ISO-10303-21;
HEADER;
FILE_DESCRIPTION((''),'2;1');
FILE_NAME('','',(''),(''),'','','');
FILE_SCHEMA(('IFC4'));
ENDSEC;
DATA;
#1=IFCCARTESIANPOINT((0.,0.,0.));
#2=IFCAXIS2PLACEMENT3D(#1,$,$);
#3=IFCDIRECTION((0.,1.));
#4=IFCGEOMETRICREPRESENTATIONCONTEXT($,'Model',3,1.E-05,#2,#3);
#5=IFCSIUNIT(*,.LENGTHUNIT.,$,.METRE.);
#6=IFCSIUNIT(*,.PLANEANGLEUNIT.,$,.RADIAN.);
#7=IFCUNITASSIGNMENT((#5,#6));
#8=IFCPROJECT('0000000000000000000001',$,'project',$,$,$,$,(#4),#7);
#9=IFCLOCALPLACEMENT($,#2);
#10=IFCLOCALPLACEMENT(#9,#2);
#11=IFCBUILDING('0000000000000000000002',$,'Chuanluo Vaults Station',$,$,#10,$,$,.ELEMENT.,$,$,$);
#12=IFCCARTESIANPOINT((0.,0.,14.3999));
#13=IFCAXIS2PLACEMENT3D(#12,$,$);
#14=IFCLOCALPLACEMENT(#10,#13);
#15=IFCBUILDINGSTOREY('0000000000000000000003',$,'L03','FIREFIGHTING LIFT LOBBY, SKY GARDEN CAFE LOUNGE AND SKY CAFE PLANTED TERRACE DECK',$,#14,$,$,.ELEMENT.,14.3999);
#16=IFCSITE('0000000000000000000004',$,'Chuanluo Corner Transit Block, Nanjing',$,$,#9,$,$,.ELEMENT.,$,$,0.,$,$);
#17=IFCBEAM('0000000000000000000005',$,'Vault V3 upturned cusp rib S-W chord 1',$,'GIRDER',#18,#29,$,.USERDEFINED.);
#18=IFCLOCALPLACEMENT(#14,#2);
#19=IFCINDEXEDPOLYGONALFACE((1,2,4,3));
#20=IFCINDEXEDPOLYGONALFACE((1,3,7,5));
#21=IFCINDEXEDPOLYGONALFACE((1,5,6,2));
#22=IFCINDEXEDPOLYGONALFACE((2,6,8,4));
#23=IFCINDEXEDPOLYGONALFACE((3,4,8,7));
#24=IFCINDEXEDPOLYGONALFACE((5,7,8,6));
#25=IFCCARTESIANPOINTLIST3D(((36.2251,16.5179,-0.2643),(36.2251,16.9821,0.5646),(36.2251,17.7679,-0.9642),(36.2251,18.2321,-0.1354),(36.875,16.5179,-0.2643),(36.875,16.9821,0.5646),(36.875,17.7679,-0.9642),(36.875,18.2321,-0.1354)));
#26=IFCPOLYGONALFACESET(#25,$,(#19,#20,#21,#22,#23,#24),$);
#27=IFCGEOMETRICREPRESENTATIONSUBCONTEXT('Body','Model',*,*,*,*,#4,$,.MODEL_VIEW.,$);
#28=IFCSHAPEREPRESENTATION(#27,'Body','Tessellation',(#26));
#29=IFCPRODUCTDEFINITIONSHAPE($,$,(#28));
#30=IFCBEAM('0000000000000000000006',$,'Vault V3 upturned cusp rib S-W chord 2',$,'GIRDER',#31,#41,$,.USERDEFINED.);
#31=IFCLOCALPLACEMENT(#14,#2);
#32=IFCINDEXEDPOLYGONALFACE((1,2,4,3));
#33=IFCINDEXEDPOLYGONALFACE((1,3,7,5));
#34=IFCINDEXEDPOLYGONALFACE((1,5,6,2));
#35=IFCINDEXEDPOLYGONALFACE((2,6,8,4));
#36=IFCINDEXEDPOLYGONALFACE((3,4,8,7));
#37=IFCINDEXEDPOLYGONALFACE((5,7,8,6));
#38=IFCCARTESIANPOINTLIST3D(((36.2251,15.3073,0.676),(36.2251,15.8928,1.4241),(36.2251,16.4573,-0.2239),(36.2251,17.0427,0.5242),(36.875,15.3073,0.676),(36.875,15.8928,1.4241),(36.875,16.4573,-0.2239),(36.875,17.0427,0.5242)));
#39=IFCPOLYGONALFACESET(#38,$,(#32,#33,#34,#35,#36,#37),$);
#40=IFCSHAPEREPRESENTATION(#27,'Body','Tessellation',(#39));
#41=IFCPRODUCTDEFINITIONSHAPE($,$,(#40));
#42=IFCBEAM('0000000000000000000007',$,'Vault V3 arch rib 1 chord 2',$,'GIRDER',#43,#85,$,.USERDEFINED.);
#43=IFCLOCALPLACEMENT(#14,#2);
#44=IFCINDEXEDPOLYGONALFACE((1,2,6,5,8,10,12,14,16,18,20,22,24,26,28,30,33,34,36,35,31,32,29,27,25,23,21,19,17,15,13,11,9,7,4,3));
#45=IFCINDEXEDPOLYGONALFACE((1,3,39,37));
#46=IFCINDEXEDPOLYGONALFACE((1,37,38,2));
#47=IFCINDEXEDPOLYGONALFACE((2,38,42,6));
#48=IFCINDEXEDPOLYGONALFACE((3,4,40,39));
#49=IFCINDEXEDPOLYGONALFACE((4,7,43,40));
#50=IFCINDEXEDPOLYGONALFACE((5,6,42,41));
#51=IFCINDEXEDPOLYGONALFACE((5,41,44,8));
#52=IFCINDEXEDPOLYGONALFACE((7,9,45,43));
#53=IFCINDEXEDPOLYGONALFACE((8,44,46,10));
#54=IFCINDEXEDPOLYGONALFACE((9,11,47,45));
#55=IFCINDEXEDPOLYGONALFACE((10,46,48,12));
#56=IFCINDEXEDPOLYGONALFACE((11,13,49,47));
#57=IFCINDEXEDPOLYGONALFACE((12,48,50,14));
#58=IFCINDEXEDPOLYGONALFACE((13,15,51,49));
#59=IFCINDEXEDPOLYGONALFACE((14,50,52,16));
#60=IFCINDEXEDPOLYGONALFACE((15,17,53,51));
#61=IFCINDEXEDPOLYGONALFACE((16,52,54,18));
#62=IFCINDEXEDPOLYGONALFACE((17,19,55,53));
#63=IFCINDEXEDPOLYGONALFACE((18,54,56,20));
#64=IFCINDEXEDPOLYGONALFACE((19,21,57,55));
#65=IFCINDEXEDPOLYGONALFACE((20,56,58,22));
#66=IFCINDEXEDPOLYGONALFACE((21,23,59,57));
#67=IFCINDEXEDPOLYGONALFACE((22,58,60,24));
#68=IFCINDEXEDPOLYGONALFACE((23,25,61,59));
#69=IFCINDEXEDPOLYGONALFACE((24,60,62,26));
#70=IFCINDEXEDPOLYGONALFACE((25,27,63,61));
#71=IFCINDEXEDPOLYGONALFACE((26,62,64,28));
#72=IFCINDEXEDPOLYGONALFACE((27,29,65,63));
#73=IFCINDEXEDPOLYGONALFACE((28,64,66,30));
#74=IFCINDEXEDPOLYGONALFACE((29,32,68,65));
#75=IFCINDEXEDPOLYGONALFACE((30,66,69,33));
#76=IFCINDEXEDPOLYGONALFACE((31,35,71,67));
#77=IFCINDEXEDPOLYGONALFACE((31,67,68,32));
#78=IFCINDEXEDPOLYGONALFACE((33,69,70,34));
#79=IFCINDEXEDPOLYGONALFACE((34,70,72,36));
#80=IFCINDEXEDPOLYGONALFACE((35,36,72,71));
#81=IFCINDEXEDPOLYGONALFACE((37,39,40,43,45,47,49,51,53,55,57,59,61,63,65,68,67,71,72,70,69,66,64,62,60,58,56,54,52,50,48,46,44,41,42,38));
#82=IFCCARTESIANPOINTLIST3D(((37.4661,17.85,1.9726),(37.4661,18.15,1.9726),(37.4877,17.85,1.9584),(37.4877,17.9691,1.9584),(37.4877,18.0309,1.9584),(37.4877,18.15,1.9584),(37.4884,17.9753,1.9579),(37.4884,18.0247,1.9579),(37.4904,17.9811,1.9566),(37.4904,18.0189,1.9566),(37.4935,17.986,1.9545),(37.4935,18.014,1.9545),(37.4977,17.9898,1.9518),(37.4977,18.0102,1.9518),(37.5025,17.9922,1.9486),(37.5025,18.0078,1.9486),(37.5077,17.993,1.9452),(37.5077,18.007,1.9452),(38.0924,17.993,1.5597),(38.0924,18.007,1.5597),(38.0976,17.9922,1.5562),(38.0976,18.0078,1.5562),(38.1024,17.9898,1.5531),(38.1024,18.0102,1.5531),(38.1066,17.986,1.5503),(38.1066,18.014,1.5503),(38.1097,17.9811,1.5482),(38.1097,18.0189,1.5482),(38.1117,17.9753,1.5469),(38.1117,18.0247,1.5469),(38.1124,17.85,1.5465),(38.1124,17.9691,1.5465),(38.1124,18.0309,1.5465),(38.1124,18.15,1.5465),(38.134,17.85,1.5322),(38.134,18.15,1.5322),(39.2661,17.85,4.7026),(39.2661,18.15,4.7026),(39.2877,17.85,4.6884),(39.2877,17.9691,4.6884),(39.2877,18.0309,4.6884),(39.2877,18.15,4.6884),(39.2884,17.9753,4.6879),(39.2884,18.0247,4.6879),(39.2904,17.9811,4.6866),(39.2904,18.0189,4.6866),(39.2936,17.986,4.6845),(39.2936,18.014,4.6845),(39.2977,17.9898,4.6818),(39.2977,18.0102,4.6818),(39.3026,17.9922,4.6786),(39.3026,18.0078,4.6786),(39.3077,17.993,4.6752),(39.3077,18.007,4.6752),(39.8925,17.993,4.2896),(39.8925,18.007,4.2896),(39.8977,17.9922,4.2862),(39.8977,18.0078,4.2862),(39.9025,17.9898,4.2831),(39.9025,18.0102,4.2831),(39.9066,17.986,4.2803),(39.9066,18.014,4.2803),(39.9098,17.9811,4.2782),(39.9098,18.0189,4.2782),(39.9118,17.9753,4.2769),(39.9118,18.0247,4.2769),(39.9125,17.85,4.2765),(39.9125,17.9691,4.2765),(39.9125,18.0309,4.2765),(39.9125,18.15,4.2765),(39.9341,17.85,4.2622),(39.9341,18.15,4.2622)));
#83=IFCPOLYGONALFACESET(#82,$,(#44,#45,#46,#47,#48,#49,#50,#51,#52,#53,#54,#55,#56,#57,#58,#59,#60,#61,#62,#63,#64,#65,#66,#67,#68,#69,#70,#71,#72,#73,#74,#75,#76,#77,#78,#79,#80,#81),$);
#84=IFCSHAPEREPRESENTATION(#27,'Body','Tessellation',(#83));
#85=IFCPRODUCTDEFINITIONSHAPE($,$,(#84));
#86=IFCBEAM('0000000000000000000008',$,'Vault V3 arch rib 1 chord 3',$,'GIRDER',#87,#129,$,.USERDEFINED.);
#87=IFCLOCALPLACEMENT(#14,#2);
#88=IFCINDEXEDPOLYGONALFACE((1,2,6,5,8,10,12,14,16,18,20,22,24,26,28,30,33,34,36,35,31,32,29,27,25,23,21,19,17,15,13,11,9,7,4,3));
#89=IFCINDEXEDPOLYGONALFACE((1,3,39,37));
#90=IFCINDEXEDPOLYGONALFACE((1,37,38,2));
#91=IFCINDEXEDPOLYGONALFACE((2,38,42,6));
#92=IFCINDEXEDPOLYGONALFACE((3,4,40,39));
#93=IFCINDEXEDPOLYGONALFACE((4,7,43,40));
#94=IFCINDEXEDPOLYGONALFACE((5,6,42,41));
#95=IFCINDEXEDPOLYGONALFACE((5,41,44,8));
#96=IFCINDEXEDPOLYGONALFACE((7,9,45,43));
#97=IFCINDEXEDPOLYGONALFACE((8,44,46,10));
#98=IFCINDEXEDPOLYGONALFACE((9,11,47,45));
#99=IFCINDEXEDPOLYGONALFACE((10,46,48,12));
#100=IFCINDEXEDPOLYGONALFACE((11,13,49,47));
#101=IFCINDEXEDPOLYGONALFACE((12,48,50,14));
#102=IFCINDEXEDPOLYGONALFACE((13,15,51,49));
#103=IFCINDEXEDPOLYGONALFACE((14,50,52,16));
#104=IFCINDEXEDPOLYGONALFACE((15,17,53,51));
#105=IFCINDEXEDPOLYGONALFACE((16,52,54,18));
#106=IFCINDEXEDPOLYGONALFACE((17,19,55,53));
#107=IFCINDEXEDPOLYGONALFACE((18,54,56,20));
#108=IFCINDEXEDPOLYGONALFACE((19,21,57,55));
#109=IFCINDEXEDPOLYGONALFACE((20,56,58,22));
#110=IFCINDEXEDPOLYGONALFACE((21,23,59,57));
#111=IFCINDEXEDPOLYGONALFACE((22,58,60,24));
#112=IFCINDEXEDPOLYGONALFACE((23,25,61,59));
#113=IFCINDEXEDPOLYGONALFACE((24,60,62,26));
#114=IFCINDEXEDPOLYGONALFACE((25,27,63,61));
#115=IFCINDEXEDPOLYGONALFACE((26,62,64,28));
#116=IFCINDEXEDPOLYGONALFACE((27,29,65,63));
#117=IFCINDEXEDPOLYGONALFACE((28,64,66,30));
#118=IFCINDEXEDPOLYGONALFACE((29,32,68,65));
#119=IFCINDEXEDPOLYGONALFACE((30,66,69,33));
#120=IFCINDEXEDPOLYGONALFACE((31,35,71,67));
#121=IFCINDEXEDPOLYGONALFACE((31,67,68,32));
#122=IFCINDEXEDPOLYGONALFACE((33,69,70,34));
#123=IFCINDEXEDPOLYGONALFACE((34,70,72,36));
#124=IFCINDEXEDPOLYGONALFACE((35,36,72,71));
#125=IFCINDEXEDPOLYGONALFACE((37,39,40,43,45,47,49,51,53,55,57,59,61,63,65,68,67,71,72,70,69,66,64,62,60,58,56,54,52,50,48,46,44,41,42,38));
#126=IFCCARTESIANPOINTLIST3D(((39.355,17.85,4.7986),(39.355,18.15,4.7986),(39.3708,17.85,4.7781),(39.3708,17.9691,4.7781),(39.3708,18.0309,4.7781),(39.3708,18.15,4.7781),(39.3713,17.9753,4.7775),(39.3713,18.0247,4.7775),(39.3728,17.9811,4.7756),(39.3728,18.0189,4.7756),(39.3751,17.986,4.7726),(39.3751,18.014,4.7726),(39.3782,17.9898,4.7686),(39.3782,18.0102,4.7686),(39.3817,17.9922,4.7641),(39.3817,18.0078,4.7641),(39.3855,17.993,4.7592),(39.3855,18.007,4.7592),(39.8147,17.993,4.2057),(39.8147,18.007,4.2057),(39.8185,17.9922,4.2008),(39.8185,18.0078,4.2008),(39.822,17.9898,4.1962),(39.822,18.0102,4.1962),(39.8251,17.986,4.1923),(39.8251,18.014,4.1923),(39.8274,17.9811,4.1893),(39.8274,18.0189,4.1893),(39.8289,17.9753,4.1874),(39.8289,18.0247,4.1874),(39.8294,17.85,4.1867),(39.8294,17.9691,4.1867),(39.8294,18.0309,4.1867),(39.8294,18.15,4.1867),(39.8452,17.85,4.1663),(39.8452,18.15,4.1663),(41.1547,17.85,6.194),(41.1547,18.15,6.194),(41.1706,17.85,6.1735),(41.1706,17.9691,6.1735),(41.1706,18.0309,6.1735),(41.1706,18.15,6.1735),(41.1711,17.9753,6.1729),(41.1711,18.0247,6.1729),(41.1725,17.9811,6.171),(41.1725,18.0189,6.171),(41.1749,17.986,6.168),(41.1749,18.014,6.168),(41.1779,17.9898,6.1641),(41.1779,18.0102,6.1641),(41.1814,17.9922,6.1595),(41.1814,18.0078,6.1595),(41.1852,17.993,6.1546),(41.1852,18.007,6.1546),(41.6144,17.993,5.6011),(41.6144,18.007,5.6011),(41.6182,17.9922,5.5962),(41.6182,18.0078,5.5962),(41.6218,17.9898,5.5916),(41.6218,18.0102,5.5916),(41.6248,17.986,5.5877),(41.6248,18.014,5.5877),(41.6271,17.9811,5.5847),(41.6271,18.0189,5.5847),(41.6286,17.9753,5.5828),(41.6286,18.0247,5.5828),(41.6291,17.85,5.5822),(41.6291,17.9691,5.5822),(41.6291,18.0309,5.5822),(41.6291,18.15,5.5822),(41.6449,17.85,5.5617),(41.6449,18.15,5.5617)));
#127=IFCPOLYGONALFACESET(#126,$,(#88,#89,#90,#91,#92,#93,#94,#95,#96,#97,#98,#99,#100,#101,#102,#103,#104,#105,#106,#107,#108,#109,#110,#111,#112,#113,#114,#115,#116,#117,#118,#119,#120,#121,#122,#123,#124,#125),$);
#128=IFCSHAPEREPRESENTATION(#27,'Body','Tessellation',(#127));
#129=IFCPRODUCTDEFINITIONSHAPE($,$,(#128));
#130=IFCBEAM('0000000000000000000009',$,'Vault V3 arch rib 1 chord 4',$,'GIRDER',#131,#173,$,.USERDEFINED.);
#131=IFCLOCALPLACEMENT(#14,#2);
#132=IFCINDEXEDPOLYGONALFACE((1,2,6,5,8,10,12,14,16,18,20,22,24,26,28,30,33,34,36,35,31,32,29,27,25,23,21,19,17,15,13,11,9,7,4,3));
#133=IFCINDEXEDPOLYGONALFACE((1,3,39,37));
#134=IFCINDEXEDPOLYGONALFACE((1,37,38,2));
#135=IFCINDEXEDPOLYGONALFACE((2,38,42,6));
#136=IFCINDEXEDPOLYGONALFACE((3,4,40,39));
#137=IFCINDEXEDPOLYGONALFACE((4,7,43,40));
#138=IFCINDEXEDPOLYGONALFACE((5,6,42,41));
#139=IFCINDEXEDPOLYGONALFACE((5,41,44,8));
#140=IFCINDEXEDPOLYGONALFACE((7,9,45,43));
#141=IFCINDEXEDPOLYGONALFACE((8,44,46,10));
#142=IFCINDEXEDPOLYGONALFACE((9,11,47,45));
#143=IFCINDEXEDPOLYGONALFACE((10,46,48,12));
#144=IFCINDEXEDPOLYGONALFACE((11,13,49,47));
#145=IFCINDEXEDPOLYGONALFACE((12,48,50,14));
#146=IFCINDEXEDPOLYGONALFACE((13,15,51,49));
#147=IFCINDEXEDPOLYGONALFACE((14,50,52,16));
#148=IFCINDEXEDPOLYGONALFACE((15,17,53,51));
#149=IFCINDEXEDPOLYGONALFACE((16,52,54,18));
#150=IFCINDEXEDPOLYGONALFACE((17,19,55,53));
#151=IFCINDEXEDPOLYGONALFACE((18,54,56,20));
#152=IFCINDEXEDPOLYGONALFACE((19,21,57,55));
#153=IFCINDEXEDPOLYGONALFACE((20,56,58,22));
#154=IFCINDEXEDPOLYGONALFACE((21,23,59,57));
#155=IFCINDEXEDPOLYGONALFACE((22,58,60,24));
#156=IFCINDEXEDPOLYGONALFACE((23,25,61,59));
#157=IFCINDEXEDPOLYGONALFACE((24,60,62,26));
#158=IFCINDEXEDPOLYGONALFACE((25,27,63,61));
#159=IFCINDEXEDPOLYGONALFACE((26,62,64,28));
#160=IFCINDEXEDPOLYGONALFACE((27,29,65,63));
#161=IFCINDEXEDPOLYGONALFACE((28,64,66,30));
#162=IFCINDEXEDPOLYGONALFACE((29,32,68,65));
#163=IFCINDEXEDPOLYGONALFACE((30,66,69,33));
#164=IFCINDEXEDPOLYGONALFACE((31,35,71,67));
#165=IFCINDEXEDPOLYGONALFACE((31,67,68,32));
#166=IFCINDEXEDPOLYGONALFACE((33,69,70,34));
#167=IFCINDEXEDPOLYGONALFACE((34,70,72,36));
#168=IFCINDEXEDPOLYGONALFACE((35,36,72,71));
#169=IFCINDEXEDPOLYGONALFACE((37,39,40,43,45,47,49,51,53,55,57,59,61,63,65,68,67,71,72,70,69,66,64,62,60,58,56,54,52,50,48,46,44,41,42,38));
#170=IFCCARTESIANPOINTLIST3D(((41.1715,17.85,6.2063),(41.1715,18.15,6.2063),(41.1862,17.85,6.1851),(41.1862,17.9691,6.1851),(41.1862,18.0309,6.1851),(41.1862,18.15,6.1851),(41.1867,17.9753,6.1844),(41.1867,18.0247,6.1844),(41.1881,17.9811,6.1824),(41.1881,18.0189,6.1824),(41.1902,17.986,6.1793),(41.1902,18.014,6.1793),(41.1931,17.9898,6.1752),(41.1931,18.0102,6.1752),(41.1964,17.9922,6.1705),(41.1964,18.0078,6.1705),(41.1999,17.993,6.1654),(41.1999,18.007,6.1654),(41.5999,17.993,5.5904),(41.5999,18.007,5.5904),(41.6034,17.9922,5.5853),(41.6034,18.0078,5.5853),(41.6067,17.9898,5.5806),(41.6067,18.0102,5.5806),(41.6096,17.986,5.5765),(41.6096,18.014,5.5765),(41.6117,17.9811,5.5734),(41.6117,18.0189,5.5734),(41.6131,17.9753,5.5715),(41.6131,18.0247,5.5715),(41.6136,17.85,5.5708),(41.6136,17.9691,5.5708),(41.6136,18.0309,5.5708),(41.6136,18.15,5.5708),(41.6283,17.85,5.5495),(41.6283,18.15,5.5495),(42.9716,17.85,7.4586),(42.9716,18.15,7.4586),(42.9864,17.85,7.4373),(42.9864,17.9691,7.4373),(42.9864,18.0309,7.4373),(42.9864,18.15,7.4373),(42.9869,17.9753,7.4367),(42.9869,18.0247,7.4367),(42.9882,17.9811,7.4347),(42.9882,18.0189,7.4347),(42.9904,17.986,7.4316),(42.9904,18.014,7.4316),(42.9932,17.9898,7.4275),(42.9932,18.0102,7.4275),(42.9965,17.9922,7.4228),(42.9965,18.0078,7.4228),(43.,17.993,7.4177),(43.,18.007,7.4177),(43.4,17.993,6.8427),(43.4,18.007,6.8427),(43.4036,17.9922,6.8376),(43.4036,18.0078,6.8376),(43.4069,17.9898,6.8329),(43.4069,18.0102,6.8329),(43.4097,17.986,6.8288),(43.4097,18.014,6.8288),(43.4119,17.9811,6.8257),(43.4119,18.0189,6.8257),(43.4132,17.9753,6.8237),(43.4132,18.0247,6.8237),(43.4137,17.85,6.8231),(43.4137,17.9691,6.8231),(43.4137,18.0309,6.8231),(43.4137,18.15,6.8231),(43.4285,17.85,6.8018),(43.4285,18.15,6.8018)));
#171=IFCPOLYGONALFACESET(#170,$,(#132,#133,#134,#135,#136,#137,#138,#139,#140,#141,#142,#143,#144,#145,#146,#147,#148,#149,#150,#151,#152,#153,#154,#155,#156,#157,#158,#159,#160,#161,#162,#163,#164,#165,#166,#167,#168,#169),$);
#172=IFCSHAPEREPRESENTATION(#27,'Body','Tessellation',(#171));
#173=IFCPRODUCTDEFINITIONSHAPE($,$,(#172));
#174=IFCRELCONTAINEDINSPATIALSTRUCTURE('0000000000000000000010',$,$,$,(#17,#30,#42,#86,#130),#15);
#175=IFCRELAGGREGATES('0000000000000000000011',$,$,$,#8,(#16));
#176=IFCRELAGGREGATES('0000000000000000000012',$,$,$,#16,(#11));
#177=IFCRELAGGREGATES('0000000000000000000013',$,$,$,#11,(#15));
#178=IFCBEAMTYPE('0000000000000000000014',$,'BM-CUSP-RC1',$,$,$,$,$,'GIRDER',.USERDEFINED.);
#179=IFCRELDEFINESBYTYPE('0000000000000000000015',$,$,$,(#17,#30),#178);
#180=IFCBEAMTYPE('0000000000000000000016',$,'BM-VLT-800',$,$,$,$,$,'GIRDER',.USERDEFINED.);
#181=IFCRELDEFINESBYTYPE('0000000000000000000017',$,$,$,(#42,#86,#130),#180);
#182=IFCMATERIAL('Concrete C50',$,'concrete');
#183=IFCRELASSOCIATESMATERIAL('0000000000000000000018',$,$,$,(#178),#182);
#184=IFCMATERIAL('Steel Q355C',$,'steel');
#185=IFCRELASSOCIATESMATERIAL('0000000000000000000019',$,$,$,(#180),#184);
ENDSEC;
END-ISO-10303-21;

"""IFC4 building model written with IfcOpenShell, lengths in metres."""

from ifc_helpers import new_model, si_unit, direction, frame, origin, origin_2d, place, context, subcontext, project, spatial, rectangle, i_section, extrude, material, material_profile, profile_set, type_object, element, save


model = new_model("IFC4")

# Units and contexts
model_context = context("Model", 3, precision=1e-05, world=origin(), true_north=direction((0.0, 1.0)))
body_context = subcontext(model_context, "Body", "Model", "MODEL_VIEW")
ifc_project = project(units=[si_unit("LENGTHUNIT", "METRE"), si_unit("PLANEANGLEUNIT", "RADIAN")], contexts=[model_context])

# Site, building, storey
site_placement = place(None, origin())
site = spatial("IfcSite", under=ifc_project, at=site_placement, Name="Chuanluo Corner Transit Block, Nanjing", CompositionType="ELEMENT", RefElevation=0.0)
building_placement = place(site_placement, origin())
building = spatial("IfcBuilding", under=site, at=building_placement, Name="Chuanluo Vaults Station", CompositionType="ELEMENT")
storey_placement = place(building_placement, frame((0.0, 0.0, 14.3999)))
storey = spatial("IfcBuildingStorey", under=building, at=storey_placement, Name="L03", Description="FIREFIGHTING LIFT LOBBY, SKY GARDEN CAFE LOUNGE AND SKY CAFE PLANTED TERRACE DECK", CompositionType="ELEMENT", Elevation=14.3999)

# Beams
ifc_material_1 = material(Name="Concrete C50", Category="concrete")
ifc_material_profile_1 = material_profile(ifc_material_1, rectangle(XDim=0.6499, YDim=0.95, at=origin_2d()))
ifc_profile_set_1 = profile_set([ifc_material_profile_1], Name="Concrete C50")
beam_type_1 = type_object("IfcBeamType", Name="BM-CUSP-RC1", ElementType="GIRDER", PredefinedType="USERDEFINED", material=ifc_profile_set_1)
beam_1_placement = place(storey_placement, frame((36.55, 18.0, -0.5498), z_axis=(0.0, -0.872521, 0.488577), x_axis=(1.0, 0.0, 0.0)))
element("IfcBeam", 1, at=beam_1_placement, inside=storey, type_object=beam_type_1, Name="Vault V3 upturned cusp rib S-W chord 1", ObjectType="GIRDER", PredefinedType="USERDEFINED", context=body_context, shape_type="SweptSolid", body=[
    extrude(rectangle(XDim=0.6499, YDim=0.95, at=origin_2d()), origin(), (0.0, 0.0, 1.0), 1.4326),
])
beam_2_placement = place(storey_placement, frame((36.55, 16.75, 0.1501), z_axis=(0.0, -0.787512, 0.616299), x_axis=(1.0, 0.0, 0.0)))
element("IfcBeam", 2, at=beam_2_placement, inside=storey, type_object=beam_type_1, Name="Vault V3 upturned cusp rib S-W chord 2", ObjectType="GIRDER", PredefinedType="USERDEFINED", context=body_context, shape_type="SweptSolid", body=[
    extrude(rectangle(XDim=0.6499, YDim=0.95, at=origin_2d()), origin(), (0.0, 0.0, 1.0), 1.4602),
])
ifc_material_2 = material(Name="Steel Q355C", Category="steel")
ifc_material_profile_2 = material_profile(ifc_material_2, i_section(OverallWidth=0.3, OverallDepth=0.8, WebThickness=0.0139, FlangeThickness=0.0259, FilletRadius=0.0239, at=origin_2d()))
ifc_profile_set_2 = profile_set([ifc_material_profile_2], Name="Steel Q355C")
beam_type_2 = type_object("IfcBeamType", Name="BM-VLT-800", ElementType="GIRDER", PredefinedType="USERDEFINED", material=ifc_profile_set_2)
beam_3_placement = place(storey_placement, frame((37.8, 18.0, 1.7524), z_axis=(0.550472, 0.0, 0.834854), x_axis=(0.0, 1.0, 0.0)))
element("IfcBeam", 3, at=beam_3_placement, inside=storey, type_object=beam_type_2, Name="Vault V3 arch rib 1 chord 2", ObjectType="GIRDER", PredefinedType="USERDEFINED", context=body_context, shape_type="SweptSolid", body=[
    extrude(i_section(OverallWidth=0.3, OverallDepth=0.8, WebThickness=0.0139, FlangeThickness=0.0259, FilletRadius=0.0239, at=origin_2d()), origin(), (0.0, 0.0, 1.0), 3.27),
])
beam_4_placement = place(storey_placement, frame((39.6001, 18.0, 4.4824), z_axis=(0.790275, 0.0, 0.612752), x_axis=(0.0, 1.0, 0.0)))
element("IfcBeam", 4, at=beam_4_placement, inside=storey, type_object=beam_type_2, Name="Vault V3 arch rib 1 chord 3", ObjectType="GIRDER", PredefinedType="USERDEFINED", context=body_context, shape_type="SweptSolid", body=[
    extrude(i_section(OverallWidth=0.3, OverallDepth=0.8, WebThickness=0.0139, FlangeThickness=0.0259, FilletRadius=0.0239, at=origin_2d()), origin(), (0.0, 0.0, 1.0), 2.2773),
])
beam_5_placement = place(storey_placement, frame((41.3999, 18.0, 5.8779), z_axis=(0.820907, 0.0, 0.571061), x_axis=(0.0, 1.0, 0.0)))
element("IfcBeam", 5, at=beam_5_placement, inside=storey, type_object=beam_type_2, Name="Vault V3 arch rib 1 chord 4", ObjectType="GIRDER", PredefinedType="USERDEFINED", context=body_context, shape_type="SweptSolid", body=[
    extrude(i_section(OverallWidth=0.3, OverallDepth=0.8, WebThickness=0.0139, FlangeThickness=0.0259, FilletRadius=0.0239, at=origin_2d()), origin(), (0.0, 0.0, 1.0), 2.1929),
])

save(model, "model.ifc")
